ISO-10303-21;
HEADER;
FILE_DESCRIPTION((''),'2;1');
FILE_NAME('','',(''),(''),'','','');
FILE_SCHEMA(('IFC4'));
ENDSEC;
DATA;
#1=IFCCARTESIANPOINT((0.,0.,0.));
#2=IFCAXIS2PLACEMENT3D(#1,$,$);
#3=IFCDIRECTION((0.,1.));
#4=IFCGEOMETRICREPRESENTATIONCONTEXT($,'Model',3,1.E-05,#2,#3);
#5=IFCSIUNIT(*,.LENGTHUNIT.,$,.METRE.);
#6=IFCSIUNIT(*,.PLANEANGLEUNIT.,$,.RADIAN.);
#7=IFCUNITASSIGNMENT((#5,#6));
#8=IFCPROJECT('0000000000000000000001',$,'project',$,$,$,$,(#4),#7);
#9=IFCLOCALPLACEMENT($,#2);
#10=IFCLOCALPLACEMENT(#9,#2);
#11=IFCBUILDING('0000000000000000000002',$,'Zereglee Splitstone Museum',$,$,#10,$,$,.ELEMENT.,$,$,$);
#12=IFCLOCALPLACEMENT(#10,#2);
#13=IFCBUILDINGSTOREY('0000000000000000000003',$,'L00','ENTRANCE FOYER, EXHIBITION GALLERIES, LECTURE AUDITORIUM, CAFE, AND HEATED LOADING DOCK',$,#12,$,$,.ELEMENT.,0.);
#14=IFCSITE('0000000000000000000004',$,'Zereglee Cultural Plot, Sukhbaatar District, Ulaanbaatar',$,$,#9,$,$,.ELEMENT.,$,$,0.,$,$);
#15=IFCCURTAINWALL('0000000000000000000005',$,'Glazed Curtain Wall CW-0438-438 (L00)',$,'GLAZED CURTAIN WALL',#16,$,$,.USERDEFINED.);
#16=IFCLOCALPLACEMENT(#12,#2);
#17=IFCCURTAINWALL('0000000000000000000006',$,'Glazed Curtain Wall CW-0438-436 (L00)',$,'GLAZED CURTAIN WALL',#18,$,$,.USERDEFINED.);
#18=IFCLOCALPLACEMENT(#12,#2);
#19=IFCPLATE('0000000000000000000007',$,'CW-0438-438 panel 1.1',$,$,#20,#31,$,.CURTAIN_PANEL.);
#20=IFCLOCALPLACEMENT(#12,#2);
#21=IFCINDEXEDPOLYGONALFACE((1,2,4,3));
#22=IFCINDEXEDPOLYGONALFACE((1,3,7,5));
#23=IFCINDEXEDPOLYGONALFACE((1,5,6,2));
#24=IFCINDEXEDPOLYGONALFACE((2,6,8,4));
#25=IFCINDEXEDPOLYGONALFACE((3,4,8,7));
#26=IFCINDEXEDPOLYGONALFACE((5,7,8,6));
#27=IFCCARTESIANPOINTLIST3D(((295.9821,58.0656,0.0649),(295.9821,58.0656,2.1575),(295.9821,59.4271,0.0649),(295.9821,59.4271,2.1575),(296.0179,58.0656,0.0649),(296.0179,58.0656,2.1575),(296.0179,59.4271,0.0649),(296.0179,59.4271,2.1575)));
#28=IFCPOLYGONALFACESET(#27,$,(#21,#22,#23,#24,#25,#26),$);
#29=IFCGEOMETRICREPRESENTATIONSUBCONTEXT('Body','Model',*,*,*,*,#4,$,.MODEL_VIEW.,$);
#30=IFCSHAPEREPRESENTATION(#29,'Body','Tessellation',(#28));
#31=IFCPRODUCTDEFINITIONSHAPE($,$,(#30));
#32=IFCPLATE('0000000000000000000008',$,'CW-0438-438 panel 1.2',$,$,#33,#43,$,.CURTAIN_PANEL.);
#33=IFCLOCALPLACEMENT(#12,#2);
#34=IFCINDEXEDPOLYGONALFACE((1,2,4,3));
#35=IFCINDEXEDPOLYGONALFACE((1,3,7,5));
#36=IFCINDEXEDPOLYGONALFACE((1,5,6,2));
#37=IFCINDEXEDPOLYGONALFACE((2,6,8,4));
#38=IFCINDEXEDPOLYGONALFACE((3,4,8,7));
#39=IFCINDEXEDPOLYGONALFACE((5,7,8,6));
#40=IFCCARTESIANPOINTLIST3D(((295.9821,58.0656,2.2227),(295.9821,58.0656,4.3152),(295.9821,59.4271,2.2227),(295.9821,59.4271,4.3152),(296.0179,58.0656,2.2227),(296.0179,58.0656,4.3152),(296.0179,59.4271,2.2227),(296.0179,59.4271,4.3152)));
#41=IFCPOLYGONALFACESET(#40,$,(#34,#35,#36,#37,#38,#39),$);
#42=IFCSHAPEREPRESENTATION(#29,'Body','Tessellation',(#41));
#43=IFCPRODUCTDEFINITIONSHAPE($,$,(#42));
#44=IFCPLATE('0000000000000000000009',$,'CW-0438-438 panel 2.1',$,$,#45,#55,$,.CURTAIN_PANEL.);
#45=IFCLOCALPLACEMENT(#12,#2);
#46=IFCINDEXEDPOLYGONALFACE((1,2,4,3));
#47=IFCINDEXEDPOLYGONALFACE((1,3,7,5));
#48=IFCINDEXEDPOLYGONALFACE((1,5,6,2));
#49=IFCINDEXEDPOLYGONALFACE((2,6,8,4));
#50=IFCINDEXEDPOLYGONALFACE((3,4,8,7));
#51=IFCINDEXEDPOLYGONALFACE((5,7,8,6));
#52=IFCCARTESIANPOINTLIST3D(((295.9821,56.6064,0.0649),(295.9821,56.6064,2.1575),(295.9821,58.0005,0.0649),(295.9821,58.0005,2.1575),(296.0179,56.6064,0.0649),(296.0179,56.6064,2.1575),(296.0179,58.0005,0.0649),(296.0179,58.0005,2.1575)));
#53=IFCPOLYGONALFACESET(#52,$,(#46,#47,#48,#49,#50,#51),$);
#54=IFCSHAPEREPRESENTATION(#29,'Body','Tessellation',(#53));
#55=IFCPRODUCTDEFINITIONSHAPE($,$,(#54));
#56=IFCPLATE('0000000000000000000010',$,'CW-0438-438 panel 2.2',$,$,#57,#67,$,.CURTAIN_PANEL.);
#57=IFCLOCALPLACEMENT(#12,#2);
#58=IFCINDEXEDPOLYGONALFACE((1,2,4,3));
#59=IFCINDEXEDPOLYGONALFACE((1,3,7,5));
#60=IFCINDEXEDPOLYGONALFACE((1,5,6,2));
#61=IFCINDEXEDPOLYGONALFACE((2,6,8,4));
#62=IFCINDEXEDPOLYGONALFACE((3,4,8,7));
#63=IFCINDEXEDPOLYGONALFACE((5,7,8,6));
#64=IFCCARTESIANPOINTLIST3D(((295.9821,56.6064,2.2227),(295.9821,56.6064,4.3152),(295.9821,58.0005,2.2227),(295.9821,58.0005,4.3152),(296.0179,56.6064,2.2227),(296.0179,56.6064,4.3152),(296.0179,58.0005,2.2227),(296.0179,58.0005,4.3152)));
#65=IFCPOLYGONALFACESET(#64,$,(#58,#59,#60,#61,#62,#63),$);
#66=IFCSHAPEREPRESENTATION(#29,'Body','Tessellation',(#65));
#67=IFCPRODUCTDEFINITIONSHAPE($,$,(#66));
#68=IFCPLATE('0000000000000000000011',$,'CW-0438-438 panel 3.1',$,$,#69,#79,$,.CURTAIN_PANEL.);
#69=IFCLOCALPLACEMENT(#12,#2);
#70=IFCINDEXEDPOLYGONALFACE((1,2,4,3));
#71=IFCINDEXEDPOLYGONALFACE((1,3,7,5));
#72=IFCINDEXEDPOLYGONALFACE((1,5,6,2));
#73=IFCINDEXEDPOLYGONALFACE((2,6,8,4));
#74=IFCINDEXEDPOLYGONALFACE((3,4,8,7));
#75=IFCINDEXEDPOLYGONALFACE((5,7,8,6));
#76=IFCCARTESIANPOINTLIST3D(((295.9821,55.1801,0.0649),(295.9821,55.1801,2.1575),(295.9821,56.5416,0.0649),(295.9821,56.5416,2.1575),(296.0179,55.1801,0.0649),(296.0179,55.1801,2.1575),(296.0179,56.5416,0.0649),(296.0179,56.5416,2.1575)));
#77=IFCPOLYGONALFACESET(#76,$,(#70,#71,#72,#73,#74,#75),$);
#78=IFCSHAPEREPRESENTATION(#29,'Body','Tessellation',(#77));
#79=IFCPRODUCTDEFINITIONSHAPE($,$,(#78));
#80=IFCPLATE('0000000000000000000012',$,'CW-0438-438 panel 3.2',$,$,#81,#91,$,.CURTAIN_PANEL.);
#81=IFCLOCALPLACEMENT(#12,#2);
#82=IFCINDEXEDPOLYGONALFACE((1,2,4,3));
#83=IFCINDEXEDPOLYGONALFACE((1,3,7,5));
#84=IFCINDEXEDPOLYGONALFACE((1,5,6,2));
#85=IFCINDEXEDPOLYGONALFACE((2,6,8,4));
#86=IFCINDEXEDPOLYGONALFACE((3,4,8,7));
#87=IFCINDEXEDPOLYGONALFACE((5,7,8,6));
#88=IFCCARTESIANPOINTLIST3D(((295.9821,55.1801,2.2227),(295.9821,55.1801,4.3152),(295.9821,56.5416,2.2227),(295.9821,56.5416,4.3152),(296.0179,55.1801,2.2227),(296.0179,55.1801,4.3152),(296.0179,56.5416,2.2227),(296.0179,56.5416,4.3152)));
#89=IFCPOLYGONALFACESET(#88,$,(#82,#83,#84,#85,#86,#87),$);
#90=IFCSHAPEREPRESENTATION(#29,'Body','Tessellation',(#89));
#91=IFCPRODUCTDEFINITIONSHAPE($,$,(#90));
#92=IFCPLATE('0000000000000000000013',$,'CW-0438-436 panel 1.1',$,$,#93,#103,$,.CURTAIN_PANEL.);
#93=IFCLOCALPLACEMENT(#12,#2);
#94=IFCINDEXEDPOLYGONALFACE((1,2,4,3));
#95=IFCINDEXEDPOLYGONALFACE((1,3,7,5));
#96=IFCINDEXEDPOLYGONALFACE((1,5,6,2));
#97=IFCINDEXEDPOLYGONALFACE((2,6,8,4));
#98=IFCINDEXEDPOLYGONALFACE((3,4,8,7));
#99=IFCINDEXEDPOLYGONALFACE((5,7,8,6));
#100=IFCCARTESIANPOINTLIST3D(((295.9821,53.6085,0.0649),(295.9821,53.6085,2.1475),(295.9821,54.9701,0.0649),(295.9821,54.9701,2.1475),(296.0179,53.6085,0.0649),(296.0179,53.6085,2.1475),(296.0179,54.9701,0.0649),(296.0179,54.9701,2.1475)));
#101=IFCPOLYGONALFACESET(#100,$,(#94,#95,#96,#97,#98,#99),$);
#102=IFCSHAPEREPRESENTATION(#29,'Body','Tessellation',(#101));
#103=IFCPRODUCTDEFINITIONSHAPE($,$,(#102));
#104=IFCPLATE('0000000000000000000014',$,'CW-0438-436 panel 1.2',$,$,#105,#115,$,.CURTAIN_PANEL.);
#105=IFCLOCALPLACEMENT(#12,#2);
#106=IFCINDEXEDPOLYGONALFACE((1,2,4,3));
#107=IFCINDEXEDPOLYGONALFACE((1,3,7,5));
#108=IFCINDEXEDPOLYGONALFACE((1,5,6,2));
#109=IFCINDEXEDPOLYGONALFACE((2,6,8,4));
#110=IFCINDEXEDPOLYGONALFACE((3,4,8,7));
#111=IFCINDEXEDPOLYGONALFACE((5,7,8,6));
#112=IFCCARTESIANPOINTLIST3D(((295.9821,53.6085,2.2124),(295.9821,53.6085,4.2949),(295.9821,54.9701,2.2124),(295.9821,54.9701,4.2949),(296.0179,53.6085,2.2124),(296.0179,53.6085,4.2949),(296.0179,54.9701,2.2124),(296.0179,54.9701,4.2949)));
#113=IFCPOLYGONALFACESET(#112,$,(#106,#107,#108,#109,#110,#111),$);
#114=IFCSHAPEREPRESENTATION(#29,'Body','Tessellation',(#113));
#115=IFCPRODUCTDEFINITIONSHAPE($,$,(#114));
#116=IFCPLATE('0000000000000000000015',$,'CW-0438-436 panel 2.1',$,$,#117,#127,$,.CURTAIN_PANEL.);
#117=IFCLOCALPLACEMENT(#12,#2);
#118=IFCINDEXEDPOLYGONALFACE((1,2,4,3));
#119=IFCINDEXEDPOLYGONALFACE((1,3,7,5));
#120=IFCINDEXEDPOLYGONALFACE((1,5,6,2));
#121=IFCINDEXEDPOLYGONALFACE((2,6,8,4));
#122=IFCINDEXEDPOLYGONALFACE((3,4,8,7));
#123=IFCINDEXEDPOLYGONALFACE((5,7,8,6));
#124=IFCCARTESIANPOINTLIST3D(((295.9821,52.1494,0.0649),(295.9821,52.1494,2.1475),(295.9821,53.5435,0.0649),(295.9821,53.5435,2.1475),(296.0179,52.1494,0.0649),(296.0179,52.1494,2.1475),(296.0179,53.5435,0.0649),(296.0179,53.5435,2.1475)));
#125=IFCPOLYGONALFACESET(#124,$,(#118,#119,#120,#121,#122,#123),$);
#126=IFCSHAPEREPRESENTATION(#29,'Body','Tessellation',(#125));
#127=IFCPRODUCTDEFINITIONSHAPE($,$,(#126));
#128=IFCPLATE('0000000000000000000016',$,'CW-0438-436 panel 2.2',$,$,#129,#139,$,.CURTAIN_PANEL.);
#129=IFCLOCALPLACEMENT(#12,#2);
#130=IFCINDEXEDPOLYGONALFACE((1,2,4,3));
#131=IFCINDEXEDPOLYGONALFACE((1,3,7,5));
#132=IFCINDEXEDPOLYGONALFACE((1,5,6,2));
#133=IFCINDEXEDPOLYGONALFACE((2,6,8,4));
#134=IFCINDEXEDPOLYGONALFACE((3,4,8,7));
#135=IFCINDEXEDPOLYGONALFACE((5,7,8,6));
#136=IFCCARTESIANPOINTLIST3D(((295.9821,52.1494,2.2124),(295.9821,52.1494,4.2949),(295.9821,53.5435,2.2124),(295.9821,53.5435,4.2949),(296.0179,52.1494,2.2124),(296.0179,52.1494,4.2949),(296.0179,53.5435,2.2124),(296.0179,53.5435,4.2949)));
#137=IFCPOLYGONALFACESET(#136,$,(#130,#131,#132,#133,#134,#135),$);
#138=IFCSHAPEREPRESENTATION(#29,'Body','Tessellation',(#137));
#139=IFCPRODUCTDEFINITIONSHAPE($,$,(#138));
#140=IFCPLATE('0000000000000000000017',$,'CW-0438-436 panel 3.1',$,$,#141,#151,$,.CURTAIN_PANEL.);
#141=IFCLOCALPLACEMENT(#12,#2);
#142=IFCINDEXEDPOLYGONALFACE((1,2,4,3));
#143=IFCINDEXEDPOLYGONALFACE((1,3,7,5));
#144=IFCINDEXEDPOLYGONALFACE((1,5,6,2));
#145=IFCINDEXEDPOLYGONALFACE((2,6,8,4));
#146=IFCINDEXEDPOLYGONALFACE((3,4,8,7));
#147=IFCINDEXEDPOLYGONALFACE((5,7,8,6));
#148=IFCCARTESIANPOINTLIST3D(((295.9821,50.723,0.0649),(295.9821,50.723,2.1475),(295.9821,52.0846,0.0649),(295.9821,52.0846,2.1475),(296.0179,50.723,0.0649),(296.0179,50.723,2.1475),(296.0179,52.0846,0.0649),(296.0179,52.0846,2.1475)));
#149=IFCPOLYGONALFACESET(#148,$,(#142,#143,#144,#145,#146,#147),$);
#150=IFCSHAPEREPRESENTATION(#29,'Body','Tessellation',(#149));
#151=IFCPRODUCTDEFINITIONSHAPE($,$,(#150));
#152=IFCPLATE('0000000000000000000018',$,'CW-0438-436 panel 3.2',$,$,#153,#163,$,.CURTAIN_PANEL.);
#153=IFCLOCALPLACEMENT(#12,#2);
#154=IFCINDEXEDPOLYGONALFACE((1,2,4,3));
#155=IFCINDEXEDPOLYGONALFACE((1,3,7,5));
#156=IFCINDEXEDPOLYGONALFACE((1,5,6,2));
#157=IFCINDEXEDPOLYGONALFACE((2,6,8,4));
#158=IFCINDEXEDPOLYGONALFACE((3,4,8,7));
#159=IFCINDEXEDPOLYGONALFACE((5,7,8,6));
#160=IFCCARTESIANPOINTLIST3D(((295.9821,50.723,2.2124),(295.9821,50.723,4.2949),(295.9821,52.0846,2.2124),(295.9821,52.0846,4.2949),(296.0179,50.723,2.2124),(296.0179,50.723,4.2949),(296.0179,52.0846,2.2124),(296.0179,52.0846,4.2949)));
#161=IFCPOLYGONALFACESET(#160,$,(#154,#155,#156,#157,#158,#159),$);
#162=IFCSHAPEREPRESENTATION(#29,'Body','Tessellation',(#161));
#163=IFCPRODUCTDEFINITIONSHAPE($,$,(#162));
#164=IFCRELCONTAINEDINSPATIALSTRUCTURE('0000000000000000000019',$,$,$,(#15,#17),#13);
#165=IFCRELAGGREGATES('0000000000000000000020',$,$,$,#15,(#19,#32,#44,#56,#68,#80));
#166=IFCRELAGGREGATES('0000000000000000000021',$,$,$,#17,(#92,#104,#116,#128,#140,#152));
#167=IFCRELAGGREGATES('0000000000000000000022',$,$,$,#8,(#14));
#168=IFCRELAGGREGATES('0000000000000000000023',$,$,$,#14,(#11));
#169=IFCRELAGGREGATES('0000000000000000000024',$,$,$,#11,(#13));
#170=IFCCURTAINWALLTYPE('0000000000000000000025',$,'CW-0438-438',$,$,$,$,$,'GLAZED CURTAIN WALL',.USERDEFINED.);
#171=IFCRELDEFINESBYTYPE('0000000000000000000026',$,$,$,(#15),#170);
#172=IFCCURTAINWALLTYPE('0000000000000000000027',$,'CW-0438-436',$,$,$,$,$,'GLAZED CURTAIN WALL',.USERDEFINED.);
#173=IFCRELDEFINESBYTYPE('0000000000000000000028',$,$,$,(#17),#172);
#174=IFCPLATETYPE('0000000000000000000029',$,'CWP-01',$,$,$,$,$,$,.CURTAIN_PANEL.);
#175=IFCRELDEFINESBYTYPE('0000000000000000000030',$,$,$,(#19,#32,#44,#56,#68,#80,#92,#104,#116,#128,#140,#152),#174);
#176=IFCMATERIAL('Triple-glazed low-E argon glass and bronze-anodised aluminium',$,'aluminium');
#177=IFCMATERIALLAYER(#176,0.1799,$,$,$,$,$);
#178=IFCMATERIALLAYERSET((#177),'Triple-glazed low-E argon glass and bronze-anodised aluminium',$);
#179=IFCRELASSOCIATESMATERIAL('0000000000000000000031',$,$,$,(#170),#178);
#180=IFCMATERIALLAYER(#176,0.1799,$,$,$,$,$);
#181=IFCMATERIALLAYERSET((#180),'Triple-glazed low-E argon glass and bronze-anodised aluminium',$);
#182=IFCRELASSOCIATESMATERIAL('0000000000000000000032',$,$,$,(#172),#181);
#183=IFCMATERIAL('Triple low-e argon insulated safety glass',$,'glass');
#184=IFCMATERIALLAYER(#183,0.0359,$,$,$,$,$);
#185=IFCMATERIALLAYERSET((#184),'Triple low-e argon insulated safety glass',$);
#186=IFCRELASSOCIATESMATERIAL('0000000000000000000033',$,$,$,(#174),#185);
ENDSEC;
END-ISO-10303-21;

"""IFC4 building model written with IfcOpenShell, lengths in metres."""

from ifc_helpers import new_model, si_unit, direction, frame, origin, origin_2d, place, context, subcontext, project, spatial, rectangle, extrude, material, layer, layer_set, type_object, element, aggregate, save


model = new_model("IFC4")

# Units and contexts
model_context = context("Model", 3, precision=1e-05, world=origin(), true_north=direction((0.0, 1.0)))
body_context = subcontext(model_context, "Body", "Model", "MODEL_VIEW")
ifc_project = project(units=[si_unit("LENGTHUNIT", "METRE"), si_unit("PLANEANGLEUNIT", "RADIAN")], contexts=[model_context])

# Site, building, storey
site_placement = place(None, origin())
site = spatial("IfcSite", under=ifc_project, at=site_placement, Name="Zereglee Cultural Plot, Sukhbaatar District, Ulaanbaatar", CompositionType="ELEMENT", RefElevation=0.0)
building_placement = place(site_placement, origin())
building = spatial("IfcBuilding", under=site, at=building_placement, Name="Zereglee Splitstone Museum", CompositionType="ELEMENT")
storey_placement = place(building_placement, origin())
storey = spatial("IfcBuildingStorey", under=building, at=storey_placement, Name="L00", Description="ENTRANCE FOYER, EXHIBITION GALLERIES, LECTURE AUDITORIUM, CAFE, AND HEATED LOADING DOCK", CompositionType="ELEMENT", Elevation=0.0)

# Curtain walls
ifc_material_1 = material(Name="Triple-glazed low-E argon glass and bronze-anodised aluminium", Category="aluminium")
ifc_layer_1 = layer(ifc_material_1, 0.1799)
ifc_layer_set_1 = layer_set([ifc_layer_1], Name="Triple-glazed low-E argon glass and bronze-anodised aluminium")
curtain_wall_type_1 = type_object("IfcCurtainWallType", Name="CW-0438-438", ElementType="GLAZED CURTAIN WALL", PredefinedType="USERDEFINED", material=ifc_layer_set_1)
curtain_wall_1_placement = place(storey_placement, origin())
curtain_wall_1 = element("IfcCurtainWall", 1, at=curtain_wall_1_placement, inside=storey, type_object=curtain_wall_type_1, Name="Glazed Curtain Wall CW-0438-438 (L00)", ObjectType="GLAZED CURTAIN WALL", PredefinedType="USERDEFINED")
ifc_layer_2 = layer(ifc_material_1, 0.1799)
ifc_layer_set_2 = layer_set([ifc_layer_2], Name="Triple-glazed low-E argon glass and bronze-anodised aluminium")
curtain_wall_type_2 = type_object("IfcCurtainWallType", Name="CW-0438-436", ElementType="GLAZED CURTAIN WALL", PredefinedType="USERDEFINED", material=ifc_layer_set_2)
curtain_wall_2_placement = place(storey_placement, origin())
curtain_wall_2 = element("IfcCurtainWall", 2, at=curtain_wall_2_placement, inside=storey, type_object=curtain_wall_type_2, Name="Glazed Curtain Wall CW-0438-436 (L00)", ObjectType="GLAZED CURTAIN WALL", PredefinedType="USERDEFINED")

# Plates
ifc_material_2 = material(Name="Triple low-e argon insulated safety glass", Category="glass")
ifc_layer_3 = layer(ifc_material_2, 0.0359)
ifc_layer_set_3 = layer_set([ifc_layer_3], Name="Triple low-e argon insulated safety glass")
plate_type = type_object("IfcPlateType", Name="CWP-01", PredefinedType="CURTAIN_PANEL", material=ifc_layer_set_3)
plate_1_placement = place(storey_placement, frame((296.0, 58.7463, 0.0649), z_axis=(0.0, 0.0, 1.0), x_axis=(0.0, -1.0, 0.0)))
plate_1 = element("IfcPlate", 3, at=plate_1_placement, type_object=plate_type, Name="CW-0438-438 panel 1.1", PredefinedType="CURTAIN_PANEL", context=body_context, shape_type="SweptSolid", body=[
    extrude(rectangle(XDim=1.3616, YDim=0.0359, at=origin_2d()), origin(), (0.0, 0.0, 1.0), 2.0925),
])
plate_2_placement = place(storey_placement, frame((296.0, 58.7463, 2.2227), z_axis=(0.0, 0.0, 1.0), x_axis=(0.0, -1.0, 0.0)))
plate_2 = element("IfcPlate", 4, at=plate_2_placement, type_object=plate_type, Name="CW-0438-438 panel 1.2", PredefinedType="CURTAIN_PANEL", context=body_context, shape_type="SweptSolid", body=[
    extrude(rectangle(XDim=1.3616, YDim=0.0359, at=origin_2d()), origin(), (0.0, 0.0, 1.0), 2.0925),
])
plate_3_placement = place(storey_placement, frame((296.0, 57.3035, 0.0649), z_axis=(0.0, 0.0, 1.0), x_axis=(0.0, -1.0, 0.0)))
plate_3 = element("IfcPlate", 5, at=plate_3_placement, type_object=plate_type, Name="CW-0438-438 panel 2.1", PredefinedType="CURTAIN_PANEL", context=body_context, shape_type="SweptSolid", body=[
    extrude(rectangle(XDim=1.394, YDim=0.0359, at=origin_2d()), origin(), (0.0, 0.0, 1.0), 2.0925),
])
plate_4_placement = place(storey_placement, frame((296.0, 57.3035, 2.2227), z_axis=(0.0, 0.0, 1.0), x_axis=(0.0, -1.0, 0.0)))
plate_4 = element("IfcPlate", 6, at=plate_4_placement, type_object=plate_type, Name="CW-0438-438 panel 2.2", PredefinedType="CURTAIN_PANEL", context=body_context, shape_type="SweptSolid", body=[
    extrude(rectangle(XDim=1.394, YDim=0.0359, at=origin_2d()), origin(), (0.0, 0.0, 1.0), 2.0925),
])
plate_5_placement = place(storey_placement, frame((296.0, 55.8608, 0.0649), z_axis=(0.0, 0.0, 1.0), x_axis=(0.0, -1.0, 0.0)))
plate_5 = element("IfcPlate", 7, at=plate_5_placement, type_object=plate_type, Name="CW-0438-438 panel 3.1", PredefinedType="CURTAIN_PANEL", context=body_context, shape_type="SweptSolid", body=[
    extrude(rectangle(XDim=1.3616, YDim=0.0359, at=origin_2d()), origin(), (0.0, 0.0, 1.0), 2.0925),
])
plate_6_placement = place(storey_placement, frame((296.0, 55.8608, 2.2227), z_axis=(0.0, 0.0, 1.0), x_axis=(0.0, -1.0, 0.0)))
plate_6 = element("IfcPlate", 8, at=plate_6_placement, type_object=plate_type, Name="CW-0438-438 panel 3.2", PredefinedType="CURTAIN_PANEL", context=body_context, shape_type="SweptSolid", body=[
    extrude(rectangle(XDim=1.3616, YDim=0.0359, at=origin_2d()), origin(), (0.0, 0.0, 1.0), 2.0925),
])
aggregate(curtain_wall_1, [plate_1, plate_2, plate_3, plate_4, plate_5, plate_6])
plate_7_placement = place(storey_placement, frame((296.0, 54.2893, 0.0649), z_axis=(0.0, 0.0, 1.0), x_axis=(0.0, -1.0, 0.0)))
plate_7 = element("IfcPlate", 9, at=plate_7_placement, type_object=plate_type, Name="CW-0438-436 panel 1.1", PredefinedType="CURTAIN_PANEL", context=body_context, shape_type="SweptSolid", body=[
    extrude(rectangle(XDim=1.3616, YDim=0.0359, at=origin_2d()), origin(), (0.0, 0.0, 1.0), 2.0825),
])
plate_8_placement = place(storey_placement, frame((296.0, 54.2893, 2.2124), z_axis=(0.0, 0.0, 1.0), x_axis=(0.0, -1.0, 0.0)))
plate_8 = element("IfcPlate", 10, at=plate_8_placement, type_object=plate_type, Name="CW-0438-436 panel 1.2", PredefinedType="CURTAIN_PANEL", context=body_context, shape_type="SweptSolid", body=[
    extrude(rectangle(XDim=1.3616, YDim=0.0359, at=origin_2d()), origin(), (0.0, 0.0, 1.0), 2.0825),
])
plate_9_placement = place(storey_placement, frame((296.0, 52.8464, 0.0649), z_axis=(0.0, 0.0, 1.0), x_axis=(0.0, -1.0, 0.0)))
plate_9 = element("IfcPlate", 11, at=plate_9_placement, type_object=plate_type, Name="CW-0438-436 panel 2.1", PredefinedType="CURTAIN_PANEL", context=body_context, shape_type="SweptSolid", body=[
    extrude(rectangle(XDim=1.394, YDim=0.0359, at=origin_2d()), origin(), (0.0, 0.0, 1.0), 2.0825),
])
plate_10_placement = place(storey_placement, frame((296.0, 52.8464, 2.2124), z_axis=(0.0, 0.0, 1.0), x_axis=(0.0, -1.0, 0.0)))
plate_10 = element("IfcPlate", 12, at=plate_10_placement, type_object=plate_type, Name="CW-0438-436 panel 2.2", PredefinedType="CURTAIN_PANEL", context=body_context, shape_type="SweptSolid", body=[
    extrude(rectangle(XDim=1.394, YDim=0.0359, at=origin_2d()), origin(), (0.0, 0.0, 1.0), 2.0825),
])
plate_11_placement = place(storey_placement, frame((296.0, 51.4038, 0.0649), z_axis=(0.0, 0.0, 1.0), x_axis=(0.0, -1.0, 0.0)))
plate_11 = element("IfcPlate", 13, at=plate_11_placement, type_object=plate_type, Name="CW-0438-436 panel 3.1", PredefinedType="CURTAIN_PANEL", context=body_context, shape_type="SweptSolid", body=[
    extrude(rectangle(XDim=1.3616, YDim=0.0359, at=origin_2d()), origin(), (0.0, 0.0, 1.0), 2.0825),
])
plate_12_placement = place(storey_placement, frame((296.0, 51.4038, 2.2124), z_axis=(0.0, 0.0, 1.0), x_axis=(0.0, -1.0, 0.0)))
plate_12 = element("IfcPlate", 14, at=plate_12_placement, type_object=plate_type, Name="CW-0438-436 panel 3.2", PredefinedType="CURTAIN_PANEL", context=body_context, shape_type="SweptSolid", body=[
    extrude(rectangle(XDim=1.3616, YDim=0.0359, at=origin_2d()), origin(), (0.0, 0.0, 1.0), 2.0825),
])
aggregate(curtain_wall_2, [plate_7, plate_8, plate_9, plate_10, plate_11, plate_12])

save(model, "model.ifc")
